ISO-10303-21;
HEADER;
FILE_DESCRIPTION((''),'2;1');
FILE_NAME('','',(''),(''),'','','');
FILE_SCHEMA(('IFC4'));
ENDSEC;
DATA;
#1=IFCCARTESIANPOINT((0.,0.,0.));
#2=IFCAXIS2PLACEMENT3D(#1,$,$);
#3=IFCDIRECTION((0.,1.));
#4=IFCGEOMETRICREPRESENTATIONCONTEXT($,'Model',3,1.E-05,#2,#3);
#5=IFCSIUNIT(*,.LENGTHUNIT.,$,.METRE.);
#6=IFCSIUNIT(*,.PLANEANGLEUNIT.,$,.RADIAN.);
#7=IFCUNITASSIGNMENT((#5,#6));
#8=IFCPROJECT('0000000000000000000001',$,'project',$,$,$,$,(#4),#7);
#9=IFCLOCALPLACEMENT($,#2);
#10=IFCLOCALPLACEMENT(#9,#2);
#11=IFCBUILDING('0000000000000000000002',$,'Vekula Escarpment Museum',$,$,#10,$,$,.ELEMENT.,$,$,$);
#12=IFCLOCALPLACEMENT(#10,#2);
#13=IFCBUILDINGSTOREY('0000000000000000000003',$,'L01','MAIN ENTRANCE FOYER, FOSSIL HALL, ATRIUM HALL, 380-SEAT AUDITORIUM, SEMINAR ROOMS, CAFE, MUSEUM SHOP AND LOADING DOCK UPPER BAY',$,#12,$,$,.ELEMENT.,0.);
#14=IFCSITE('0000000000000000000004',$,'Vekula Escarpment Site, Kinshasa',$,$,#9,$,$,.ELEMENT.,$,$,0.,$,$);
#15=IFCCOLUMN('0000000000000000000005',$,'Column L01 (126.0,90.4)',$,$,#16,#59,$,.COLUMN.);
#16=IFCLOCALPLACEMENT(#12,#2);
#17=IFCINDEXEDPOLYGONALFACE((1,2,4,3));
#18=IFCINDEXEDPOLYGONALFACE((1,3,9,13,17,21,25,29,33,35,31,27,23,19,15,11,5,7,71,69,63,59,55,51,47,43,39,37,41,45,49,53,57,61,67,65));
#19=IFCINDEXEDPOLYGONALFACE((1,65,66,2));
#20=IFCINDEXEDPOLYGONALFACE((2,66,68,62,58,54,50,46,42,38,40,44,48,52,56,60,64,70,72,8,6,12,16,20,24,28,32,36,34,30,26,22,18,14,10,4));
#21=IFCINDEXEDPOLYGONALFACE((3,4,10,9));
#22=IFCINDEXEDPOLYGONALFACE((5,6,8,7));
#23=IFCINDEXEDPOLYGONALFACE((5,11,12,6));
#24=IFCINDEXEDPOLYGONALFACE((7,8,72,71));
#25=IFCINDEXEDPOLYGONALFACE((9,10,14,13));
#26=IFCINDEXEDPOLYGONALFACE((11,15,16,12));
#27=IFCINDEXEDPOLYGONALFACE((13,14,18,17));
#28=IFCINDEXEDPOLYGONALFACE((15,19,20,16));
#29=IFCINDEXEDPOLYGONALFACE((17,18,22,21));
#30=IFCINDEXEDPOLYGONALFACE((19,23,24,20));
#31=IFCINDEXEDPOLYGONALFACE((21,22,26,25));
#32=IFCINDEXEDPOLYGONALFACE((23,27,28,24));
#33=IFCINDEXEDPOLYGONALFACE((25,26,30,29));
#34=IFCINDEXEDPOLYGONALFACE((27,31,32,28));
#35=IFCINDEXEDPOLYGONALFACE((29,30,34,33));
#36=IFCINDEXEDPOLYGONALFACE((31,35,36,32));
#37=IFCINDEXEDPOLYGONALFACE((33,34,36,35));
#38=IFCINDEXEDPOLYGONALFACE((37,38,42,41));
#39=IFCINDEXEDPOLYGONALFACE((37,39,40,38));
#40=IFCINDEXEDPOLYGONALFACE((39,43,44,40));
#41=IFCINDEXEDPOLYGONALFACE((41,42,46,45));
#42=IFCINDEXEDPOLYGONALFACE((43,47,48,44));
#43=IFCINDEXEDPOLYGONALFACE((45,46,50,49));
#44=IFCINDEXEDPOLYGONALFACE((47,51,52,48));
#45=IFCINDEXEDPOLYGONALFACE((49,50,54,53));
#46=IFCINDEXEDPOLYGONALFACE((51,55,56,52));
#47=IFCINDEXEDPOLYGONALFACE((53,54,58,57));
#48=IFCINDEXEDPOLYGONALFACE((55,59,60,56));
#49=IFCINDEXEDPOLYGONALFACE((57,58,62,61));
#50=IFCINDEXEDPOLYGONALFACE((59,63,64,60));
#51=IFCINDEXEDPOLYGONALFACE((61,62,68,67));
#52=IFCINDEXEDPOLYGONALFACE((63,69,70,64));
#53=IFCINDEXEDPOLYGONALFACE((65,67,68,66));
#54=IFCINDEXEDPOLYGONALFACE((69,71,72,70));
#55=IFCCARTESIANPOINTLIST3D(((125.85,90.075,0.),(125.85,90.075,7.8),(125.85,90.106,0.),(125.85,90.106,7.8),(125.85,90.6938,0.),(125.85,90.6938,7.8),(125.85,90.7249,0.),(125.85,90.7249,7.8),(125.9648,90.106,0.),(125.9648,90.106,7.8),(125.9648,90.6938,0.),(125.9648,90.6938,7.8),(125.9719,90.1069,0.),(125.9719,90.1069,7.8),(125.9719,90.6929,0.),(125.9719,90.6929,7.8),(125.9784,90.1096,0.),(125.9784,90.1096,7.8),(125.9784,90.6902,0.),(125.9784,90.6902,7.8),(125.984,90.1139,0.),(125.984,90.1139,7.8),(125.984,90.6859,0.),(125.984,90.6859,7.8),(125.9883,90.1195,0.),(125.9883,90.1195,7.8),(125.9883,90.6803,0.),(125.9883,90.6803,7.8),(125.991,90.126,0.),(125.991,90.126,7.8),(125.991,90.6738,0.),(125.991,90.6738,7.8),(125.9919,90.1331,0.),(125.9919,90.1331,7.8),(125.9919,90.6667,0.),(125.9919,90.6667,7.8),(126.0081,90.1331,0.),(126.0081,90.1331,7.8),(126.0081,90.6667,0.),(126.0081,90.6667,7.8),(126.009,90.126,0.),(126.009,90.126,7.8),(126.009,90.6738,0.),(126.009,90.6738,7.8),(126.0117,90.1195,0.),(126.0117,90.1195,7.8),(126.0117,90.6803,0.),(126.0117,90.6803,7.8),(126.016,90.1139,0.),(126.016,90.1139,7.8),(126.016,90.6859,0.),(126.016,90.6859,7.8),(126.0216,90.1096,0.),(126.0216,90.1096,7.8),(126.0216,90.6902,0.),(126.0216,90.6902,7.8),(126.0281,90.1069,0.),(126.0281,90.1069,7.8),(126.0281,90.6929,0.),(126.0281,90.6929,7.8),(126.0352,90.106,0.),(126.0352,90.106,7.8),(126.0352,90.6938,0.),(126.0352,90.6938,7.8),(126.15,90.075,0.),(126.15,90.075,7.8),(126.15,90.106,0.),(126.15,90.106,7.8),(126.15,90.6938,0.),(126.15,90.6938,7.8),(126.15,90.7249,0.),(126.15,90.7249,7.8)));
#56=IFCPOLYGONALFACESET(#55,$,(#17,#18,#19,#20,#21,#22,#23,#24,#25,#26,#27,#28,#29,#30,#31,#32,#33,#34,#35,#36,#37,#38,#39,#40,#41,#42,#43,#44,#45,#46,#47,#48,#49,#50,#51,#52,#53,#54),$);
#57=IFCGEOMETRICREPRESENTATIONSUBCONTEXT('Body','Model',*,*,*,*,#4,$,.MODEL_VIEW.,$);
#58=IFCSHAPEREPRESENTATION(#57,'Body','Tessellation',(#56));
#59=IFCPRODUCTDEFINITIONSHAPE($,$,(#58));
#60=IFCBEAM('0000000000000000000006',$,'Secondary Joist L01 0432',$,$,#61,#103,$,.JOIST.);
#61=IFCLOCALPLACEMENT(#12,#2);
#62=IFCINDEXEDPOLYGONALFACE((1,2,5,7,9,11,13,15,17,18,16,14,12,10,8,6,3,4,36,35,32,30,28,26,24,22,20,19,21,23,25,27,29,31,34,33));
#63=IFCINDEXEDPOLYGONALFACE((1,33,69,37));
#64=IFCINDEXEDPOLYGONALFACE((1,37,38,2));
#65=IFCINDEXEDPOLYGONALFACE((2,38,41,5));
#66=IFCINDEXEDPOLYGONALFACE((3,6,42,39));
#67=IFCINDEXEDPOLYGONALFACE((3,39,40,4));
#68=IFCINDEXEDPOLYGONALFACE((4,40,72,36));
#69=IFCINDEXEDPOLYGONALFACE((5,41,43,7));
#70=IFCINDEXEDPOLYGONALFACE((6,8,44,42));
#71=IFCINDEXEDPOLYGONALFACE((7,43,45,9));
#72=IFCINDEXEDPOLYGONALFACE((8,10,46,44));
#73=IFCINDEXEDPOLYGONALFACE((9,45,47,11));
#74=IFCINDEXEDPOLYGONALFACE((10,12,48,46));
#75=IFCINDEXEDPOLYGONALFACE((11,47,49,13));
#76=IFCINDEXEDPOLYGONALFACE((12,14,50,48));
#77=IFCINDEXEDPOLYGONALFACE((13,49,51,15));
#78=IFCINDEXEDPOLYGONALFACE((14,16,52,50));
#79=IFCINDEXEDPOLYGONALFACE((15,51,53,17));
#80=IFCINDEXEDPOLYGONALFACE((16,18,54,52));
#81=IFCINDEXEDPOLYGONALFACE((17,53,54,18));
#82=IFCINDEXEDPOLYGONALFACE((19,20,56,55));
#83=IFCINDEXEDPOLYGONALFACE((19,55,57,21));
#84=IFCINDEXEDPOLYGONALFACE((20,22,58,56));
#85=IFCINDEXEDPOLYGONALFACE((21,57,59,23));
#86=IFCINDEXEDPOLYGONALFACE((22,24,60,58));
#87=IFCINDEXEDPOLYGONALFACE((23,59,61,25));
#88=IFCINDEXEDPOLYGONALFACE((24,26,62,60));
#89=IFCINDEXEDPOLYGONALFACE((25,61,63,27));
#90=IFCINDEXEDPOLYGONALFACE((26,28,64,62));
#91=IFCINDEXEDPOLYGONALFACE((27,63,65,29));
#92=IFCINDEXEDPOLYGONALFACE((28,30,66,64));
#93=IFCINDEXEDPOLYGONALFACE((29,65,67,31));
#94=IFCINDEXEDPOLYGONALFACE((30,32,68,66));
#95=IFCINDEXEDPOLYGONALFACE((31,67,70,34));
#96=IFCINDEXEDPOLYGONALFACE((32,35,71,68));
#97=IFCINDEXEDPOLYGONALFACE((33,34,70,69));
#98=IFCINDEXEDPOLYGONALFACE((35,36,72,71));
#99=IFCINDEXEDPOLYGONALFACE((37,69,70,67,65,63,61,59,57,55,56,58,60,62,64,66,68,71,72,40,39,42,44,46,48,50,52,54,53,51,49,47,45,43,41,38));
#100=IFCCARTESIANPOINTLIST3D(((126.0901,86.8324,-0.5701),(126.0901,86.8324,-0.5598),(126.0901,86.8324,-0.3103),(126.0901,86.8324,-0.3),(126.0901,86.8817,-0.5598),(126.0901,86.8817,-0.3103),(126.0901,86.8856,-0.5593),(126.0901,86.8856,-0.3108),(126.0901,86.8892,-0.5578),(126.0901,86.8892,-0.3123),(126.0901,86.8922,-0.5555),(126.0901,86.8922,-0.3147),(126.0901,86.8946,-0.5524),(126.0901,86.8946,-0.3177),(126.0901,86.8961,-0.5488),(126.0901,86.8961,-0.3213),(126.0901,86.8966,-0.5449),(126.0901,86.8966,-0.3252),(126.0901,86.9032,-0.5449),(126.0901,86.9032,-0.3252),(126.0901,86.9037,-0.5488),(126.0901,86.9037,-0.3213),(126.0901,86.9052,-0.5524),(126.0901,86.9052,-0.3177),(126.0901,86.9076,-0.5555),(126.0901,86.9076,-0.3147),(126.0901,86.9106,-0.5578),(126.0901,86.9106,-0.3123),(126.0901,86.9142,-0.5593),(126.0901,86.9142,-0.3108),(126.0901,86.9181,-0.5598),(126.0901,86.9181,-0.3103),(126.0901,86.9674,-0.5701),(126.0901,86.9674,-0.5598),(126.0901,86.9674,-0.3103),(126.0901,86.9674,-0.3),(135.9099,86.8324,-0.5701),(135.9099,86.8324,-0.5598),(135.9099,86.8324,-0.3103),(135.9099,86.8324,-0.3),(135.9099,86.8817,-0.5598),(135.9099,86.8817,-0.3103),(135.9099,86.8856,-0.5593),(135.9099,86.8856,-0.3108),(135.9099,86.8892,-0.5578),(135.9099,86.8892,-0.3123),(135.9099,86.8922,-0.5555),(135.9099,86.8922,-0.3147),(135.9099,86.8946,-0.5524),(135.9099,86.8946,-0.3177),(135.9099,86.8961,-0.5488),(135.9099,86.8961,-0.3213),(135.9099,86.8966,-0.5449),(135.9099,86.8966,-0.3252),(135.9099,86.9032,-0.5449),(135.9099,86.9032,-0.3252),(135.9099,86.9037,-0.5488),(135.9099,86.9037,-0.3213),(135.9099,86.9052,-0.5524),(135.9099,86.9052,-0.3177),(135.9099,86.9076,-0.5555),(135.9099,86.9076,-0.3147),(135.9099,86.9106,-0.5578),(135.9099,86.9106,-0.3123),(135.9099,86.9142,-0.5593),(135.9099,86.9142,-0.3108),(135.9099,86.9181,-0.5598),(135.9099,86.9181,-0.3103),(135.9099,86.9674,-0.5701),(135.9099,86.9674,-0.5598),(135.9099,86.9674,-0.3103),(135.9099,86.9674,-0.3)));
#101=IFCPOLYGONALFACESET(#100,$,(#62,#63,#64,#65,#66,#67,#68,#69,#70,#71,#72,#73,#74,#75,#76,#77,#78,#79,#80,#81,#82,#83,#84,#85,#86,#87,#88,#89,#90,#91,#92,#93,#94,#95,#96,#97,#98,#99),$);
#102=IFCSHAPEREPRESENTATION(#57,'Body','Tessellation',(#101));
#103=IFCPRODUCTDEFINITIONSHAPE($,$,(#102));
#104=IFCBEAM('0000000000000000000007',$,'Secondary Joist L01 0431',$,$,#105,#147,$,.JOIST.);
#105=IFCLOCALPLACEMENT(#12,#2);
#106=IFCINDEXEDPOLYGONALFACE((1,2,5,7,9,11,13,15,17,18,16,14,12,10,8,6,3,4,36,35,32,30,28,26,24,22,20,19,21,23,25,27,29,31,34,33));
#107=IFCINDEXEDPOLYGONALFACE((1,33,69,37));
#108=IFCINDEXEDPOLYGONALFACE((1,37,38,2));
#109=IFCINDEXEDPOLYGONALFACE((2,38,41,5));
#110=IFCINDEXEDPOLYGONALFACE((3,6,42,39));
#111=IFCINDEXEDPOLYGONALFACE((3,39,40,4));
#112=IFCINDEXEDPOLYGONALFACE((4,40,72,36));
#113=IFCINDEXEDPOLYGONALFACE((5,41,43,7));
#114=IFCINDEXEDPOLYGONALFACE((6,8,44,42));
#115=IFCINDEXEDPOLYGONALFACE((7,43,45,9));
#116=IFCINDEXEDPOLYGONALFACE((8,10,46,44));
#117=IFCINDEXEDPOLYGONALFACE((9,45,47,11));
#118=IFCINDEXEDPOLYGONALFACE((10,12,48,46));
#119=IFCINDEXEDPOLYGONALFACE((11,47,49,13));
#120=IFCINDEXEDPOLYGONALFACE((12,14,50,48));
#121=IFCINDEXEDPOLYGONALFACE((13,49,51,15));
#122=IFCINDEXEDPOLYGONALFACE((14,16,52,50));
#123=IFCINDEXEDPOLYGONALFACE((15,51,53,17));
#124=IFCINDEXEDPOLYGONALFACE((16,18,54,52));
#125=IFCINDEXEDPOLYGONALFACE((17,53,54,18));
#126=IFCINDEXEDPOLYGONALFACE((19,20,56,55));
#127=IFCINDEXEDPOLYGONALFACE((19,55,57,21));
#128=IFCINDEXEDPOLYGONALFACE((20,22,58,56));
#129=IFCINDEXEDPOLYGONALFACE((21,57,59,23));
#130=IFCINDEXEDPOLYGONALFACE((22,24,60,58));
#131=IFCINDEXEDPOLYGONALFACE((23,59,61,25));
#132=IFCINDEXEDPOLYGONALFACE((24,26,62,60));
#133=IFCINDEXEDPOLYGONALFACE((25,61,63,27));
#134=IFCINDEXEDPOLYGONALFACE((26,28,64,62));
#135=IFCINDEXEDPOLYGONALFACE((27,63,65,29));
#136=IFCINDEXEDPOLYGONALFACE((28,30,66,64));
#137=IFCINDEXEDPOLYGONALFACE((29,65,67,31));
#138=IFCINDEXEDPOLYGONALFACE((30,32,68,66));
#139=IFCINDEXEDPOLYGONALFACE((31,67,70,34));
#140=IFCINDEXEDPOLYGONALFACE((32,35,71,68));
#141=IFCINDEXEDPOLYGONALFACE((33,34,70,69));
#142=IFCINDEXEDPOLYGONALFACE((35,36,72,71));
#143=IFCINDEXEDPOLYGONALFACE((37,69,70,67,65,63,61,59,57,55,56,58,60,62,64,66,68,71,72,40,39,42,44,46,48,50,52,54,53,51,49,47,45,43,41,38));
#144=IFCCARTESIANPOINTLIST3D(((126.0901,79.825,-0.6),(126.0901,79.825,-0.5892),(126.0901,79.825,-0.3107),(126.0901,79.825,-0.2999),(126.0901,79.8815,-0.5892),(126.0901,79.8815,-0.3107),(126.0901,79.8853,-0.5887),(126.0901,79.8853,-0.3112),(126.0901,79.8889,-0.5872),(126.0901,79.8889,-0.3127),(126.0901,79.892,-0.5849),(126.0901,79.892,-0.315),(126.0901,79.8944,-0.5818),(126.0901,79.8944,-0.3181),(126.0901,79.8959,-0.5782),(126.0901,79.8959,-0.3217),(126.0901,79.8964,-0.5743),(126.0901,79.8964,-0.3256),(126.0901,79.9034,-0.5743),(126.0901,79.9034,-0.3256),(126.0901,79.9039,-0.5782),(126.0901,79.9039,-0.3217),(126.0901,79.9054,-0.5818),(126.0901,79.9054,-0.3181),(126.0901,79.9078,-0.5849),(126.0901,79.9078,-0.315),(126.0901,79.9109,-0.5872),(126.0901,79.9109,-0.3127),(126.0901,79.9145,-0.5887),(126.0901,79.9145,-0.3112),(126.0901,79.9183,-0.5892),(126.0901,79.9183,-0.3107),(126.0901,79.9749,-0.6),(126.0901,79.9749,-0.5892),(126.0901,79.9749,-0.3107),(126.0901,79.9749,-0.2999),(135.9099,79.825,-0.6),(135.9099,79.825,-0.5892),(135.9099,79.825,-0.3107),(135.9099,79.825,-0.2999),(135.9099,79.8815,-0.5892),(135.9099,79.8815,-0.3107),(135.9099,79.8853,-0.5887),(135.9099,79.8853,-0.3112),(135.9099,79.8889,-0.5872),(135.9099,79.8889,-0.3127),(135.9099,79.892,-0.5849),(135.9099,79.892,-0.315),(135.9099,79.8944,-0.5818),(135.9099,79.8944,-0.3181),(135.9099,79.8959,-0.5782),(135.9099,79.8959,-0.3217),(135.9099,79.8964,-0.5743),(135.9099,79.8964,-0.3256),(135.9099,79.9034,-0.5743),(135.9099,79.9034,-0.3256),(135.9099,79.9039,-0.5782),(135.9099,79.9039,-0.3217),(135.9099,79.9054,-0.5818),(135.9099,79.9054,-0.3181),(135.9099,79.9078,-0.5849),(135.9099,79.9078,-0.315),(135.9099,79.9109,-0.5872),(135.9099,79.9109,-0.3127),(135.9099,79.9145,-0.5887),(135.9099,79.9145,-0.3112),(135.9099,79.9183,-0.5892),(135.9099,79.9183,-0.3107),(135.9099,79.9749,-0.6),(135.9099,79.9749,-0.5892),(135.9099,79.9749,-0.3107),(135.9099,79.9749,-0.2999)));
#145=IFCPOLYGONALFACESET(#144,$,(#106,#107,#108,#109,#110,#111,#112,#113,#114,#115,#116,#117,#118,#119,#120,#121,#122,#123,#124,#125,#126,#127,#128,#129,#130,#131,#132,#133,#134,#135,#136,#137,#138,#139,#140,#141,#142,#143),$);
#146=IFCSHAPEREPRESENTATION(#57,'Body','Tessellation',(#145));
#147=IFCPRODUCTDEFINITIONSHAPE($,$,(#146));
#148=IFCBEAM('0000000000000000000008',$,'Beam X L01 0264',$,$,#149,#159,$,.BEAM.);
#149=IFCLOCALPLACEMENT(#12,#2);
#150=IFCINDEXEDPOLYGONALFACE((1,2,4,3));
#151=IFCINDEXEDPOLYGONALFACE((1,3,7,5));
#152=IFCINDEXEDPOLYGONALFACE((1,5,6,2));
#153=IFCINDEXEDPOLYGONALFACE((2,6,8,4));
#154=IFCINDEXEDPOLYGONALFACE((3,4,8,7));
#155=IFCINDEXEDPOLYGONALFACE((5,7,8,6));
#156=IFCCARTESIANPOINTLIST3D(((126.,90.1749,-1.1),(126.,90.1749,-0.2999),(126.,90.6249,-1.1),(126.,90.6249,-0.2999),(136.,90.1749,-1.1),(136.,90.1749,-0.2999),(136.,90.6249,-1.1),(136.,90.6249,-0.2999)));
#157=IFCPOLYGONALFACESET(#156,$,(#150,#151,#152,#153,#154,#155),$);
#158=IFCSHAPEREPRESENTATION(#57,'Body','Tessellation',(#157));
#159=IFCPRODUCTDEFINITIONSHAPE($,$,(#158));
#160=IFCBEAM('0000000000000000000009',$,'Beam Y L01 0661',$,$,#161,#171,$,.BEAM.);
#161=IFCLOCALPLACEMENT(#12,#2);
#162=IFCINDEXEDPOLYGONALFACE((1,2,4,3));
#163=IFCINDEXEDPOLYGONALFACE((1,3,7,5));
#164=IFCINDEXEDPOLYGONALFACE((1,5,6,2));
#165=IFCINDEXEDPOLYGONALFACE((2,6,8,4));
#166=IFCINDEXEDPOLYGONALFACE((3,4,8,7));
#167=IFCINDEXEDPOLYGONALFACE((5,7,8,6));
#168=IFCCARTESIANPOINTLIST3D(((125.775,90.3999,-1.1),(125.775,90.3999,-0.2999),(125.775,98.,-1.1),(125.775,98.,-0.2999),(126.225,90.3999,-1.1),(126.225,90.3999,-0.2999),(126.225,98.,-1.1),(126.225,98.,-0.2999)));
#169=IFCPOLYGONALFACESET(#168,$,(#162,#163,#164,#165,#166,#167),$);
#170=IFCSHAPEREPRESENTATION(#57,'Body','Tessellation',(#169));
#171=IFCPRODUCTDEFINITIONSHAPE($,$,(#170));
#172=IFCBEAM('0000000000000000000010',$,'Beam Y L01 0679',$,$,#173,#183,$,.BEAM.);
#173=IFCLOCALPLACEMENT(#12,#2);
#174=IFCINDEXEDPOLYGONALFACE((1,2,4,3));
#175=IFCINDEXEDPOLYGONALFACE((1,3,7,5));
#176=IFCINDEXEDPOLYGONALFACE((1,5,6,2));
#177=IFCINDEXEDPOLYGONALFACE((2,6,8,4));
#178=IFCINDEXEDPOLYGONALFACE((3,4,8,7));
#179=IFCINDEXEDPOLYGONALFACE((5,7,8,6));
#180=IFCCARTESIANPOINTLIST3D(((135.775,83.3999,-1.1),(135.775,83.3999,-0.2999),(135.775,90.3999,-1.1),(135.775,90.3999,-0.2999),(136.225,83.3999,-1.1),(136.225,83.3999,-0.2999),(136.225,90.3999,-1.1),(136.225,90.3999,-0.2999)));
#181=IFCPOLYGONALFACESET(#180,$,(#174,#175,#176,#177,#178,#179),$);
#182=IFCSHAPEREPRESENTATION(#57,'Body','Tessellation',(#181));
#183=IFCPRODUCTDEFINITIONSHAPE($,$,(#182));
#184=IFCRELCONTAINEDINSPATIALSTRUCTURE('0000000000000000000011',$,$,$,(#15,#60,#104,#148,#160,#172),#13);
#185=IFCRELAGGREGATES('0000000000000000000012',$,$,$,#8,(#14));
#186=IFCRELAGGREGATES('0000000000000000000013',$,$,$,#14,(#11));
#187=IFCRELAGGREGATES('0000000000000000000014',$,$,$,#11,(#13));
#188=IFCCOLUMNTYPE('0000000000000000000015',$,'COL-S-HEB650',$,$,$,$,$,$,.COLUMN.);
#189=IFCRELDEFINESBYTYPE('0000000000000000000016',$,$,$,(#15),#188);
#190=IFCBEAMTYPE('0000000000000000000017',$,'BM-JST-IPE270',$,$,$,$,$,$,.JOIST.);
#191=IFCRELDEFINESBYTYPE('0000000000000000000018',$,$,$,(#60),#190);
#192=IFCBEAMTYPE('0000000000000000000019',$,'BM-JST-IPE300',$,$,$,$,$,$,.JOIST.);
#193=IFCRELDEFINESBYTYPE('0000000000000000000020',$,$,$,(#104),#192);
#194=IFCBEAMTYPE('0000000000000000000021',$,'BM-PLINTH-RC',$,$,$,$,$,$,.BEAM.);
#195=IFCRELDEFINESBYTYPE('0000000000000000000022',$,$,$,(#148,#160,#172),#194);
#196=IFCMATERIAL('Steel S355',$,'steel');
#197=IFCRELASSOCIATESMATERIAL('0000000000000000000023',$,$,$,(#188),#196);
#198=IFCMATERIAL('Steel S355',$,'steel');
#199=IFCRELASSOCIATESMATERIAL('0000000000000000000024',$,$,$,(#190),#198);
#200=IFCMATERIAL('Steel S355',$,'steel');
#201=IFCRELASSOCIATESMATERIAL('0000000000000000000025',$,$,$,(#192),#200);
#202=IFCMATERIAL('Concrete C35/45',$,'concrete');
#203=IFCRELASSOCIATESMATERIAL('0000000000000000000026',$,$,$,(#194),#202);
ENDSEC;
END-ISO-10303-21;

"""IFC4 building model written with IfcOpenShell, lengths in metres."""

from ifc_helpers import new_model, si_unit, direction, frame, origin, origin_2d, place, context, subcontext, project, spatial, rectangle, i_section, extrude, material, material_profile, profile_set, type_object, element, save


model = new_model("IFC4")

# Units and contexts
model_context = context("Model", 3, precision=1e-05, world=origin(), true_north=direction((0.0, 1.0)))
body_context = subcontext(model_context, "Body", "Model", "MODEL_VIEW")
ifc_project = project(units=[si_unit("LENGTHUNIT", "METRE"), si_unit("PLANEANGLEUNIT", "RADIAN")], contexts=[model_context])

# Site, building, storey
site_placement = place(None, origin())
site = spatial("IfcSite", under=ifc_project, at=site_placement, Name="Vekula Escarpment Site, Kinshasa", CompositionType="ELEMENT", RefElevation=0.0)
building_placement = place(site_placement, origin())
building = spatial("IfcBuilding", under=site, at=building_placement, Name="Vekula Escarpment Museum", CompositionType="ELEMENT")
storey_placement = place(building_placement, origin())
storey = spatial("IfcBuildingStorey", under=building, at=storey_placement, Name="L01", Description="MAIN ENTRANCE FOYER, FOSSIL HALL, ATRIUM HALL, 380-SEAT AUDITORIUM, SEMINAR ROOMS, CAFE, MUSEUM SHOP AND LOADING DOCK UPPER BAY", CompositionType="ELEMENT", Elevation=0.0)

# Column
ifc_material_1 = material(Name="Steel S355", Category="steel")
ifc_material_profile_1 = material_profile(ifc_material_1, i_section(OverallWidth=0.3, OverallDepth=0.6499, WebThickness=0.0161, FlangeThickness=0.031, FilletRadius=0.0271, at=origin_2d()), Name="HEB 650")
ifc_profile_set_1 = profile_set([ifc_material_profile_1], Name="Steel S355")
column_type = type_object("IfcColumnType", Name="COL-S-HEB650", PredefinedType="COLUMN", material=ifc_profile_set_1)
column_placement = place(storey_placement, frame((126.0, 90.3999, 0.0), z_axis=(0.0, 0.0, 1.0), x_axis=(1.0, 0.0, 0.0)))
element("IfcColumn", 1, at=column_placement, inside=storey, type_object=column_type, Name="Column L01 (126.0,90.4)", PredefinedType="COLUMN", context=body_context, shape_type="SweptSolid", body=[
    extrude(i_section(OverallWidth=0.3, OverallDepth=0.6499, WebThickness=0.0161, FlangeThickness=0.031, FilletRadius=0.0271, at=origin_2d()), origin(), (0.0, 0.0, 1.0), 7.8),
])

# Beams
ifc_material_2 = material(Name="Steel S355", Category="steel")
ifc_material_profile_2 = material_profile(ifc_material_2, i_section(OverallWidth=0.135, OverallDepth=0.27, WebThickness=0.0066, FlangeThickness=0.0103, FilletRadius=0.0149, at=origin_2d()), Name="IPE 270")
ifc_profile_set_2 = profile_set([ifc_material_profile_2], Name="Steel S355")
beam_type_1 = type_object("IfcBeamType", Name="BM-JST-IPE270", PredefinedType="JOIST", material=ifc_profile_set_2)
beam_1_placement = place(storey_placement, frame((126.0901, 86.8999, -0.4351), z_axis=(1.0, 0.0, 0.0), x_axis=(0.0, 1.0, 0.0)))
element("IfcBeam", 2, at=beam_1_placement, inside=storey, type_object=beam_type_1, Name="Secondary Joist L01 0432", PredefinedType="JOIST", context=body_context, shape_type="SweptSolid", body=[
    extrude(i_section(OverallWidth=0.135, OverallDepth=0.27, WebThickness=0.0066, FlangeThickness=0.0103, FilletRadius=0.0149, at=origin_2d()), origin(), (0.0, 0.0, 1.0), 9.8198),
])
ifc_material_3 = material(Name="Steel S355", Category="steel")
ifc_material_profile_3 = material_profile(ifc_material_3, i_section(OverallWidth=0.1499, OverallDepth=0.3, WebThickness=0.0071, FlangeThickness=0.0107, FilletRadius=0.0149, at=origin_2d()), Name="IPE 300")
ifc_profile_set_3 = profile_set([ifc_material_profile_3], Name="Steel S355")
beam_type_2 = type_object("IfcBeamType", Name="BM-JST-IPE300", PredefinedType="JOIST", material=ifc_profile_set_3)
beam_2_placement = place(storey_placement, frame((126.0901, 79.8999, -0.45), z_axis=(1.0, 0.0, 0.0), x_axis=(0.0, 1.0, 0.0)))
element("IfcBeam", 3, at=beam_2_placement, inside=storey, type_object=beam_type_2, Name="Secondary Joist L01 0431", PredefinedType="JOIST", context=body_context, shape_type="SweptSolid", body=[
    extrude(i_section(OverallWidth=0.1499, OverallDepth=0.3, WebThickness=0.0071, FlangeThickness=0.0107, FilletRadius=0.0149, at=origin_2d()), origin(), (0.0, 0.0, 1.0), 9.8198),
])
ifc_material_4 = material(Name="Concrete C35/45", Category="concrete")
ifc_material_profile_4 = material_profile(ifc_material_4, rectangle(XDim=0.45, YDim=0.8, at=origin_2d()), Name="RC 450x800")
ifc_profile_set_4 = profile_set([ifc_material_profile_4], Name="Concrete C35/45")
beam_type_3 = type_object("IfcBeamType", Name="BM-PLINTH-RC", PredefinedType="BEAM", material=ifc_profile_set_4)
beam_3_placement = place(storey_placement, frame((126.0, 90.3999, -0.7), z_axis=(1.0, 0.0, 0.0), x_axis=(0.0, 1.0, 0.0)))
element("IfcBeam", 4, at=beam_3_placement, inside=storey, type_object=beam_type_3, Name="Beam X L01 0264", PredefinedType="BEAM", context=body_context, shape_type="SweptSolid", body=[
    extrude(rectangle(XDim=0.45, YDim=0.8, at=origin_2d()), origin(), (0.0, 0.0, 1.0), 10.0),
])
beam_4_placement = place(storey_placement, frame((126.0, 90.3999, -0.7), z_axis=(0.0, 1.0, 0.0), x_axis=(-1.0, 0.0, 0.0)))
element("IfcBeam", 5, at=beam_4_placement, inside=storey, type_object=beam_type_3, Name="Beam Y L01 0661", PredefinedType="BEAM", context=body_context, shape_type="SweptSolid", body=[
    extrude(rectangle(XDim=0.45, YDim=0.8, at=origin_2d()), origin(), (0.0, 0.0, 1.0), 7.6001),
])
beam_5_placement = place(storey_placement, frame((136.0, 83.3999, -0.7), z_axis=(0.0, 1.0, 0.0), x_axis=(-1.0, 0.0, 0.0)))
element("IfcBeam", 6, at=beam_5_placement, inside=storey, type_object=beam_type_3, Name="Beam Y L01 0679", PredefinedType="BEAM", context=body_context, shape_type="SweptSolid", body=[
    extrude(rectangle(XDim=0.45, YDim=0.8, at=origin_2d()), origin(), (0.0, 0.0, 1.0), 7.0),
])

save(model, "model.ifc")
